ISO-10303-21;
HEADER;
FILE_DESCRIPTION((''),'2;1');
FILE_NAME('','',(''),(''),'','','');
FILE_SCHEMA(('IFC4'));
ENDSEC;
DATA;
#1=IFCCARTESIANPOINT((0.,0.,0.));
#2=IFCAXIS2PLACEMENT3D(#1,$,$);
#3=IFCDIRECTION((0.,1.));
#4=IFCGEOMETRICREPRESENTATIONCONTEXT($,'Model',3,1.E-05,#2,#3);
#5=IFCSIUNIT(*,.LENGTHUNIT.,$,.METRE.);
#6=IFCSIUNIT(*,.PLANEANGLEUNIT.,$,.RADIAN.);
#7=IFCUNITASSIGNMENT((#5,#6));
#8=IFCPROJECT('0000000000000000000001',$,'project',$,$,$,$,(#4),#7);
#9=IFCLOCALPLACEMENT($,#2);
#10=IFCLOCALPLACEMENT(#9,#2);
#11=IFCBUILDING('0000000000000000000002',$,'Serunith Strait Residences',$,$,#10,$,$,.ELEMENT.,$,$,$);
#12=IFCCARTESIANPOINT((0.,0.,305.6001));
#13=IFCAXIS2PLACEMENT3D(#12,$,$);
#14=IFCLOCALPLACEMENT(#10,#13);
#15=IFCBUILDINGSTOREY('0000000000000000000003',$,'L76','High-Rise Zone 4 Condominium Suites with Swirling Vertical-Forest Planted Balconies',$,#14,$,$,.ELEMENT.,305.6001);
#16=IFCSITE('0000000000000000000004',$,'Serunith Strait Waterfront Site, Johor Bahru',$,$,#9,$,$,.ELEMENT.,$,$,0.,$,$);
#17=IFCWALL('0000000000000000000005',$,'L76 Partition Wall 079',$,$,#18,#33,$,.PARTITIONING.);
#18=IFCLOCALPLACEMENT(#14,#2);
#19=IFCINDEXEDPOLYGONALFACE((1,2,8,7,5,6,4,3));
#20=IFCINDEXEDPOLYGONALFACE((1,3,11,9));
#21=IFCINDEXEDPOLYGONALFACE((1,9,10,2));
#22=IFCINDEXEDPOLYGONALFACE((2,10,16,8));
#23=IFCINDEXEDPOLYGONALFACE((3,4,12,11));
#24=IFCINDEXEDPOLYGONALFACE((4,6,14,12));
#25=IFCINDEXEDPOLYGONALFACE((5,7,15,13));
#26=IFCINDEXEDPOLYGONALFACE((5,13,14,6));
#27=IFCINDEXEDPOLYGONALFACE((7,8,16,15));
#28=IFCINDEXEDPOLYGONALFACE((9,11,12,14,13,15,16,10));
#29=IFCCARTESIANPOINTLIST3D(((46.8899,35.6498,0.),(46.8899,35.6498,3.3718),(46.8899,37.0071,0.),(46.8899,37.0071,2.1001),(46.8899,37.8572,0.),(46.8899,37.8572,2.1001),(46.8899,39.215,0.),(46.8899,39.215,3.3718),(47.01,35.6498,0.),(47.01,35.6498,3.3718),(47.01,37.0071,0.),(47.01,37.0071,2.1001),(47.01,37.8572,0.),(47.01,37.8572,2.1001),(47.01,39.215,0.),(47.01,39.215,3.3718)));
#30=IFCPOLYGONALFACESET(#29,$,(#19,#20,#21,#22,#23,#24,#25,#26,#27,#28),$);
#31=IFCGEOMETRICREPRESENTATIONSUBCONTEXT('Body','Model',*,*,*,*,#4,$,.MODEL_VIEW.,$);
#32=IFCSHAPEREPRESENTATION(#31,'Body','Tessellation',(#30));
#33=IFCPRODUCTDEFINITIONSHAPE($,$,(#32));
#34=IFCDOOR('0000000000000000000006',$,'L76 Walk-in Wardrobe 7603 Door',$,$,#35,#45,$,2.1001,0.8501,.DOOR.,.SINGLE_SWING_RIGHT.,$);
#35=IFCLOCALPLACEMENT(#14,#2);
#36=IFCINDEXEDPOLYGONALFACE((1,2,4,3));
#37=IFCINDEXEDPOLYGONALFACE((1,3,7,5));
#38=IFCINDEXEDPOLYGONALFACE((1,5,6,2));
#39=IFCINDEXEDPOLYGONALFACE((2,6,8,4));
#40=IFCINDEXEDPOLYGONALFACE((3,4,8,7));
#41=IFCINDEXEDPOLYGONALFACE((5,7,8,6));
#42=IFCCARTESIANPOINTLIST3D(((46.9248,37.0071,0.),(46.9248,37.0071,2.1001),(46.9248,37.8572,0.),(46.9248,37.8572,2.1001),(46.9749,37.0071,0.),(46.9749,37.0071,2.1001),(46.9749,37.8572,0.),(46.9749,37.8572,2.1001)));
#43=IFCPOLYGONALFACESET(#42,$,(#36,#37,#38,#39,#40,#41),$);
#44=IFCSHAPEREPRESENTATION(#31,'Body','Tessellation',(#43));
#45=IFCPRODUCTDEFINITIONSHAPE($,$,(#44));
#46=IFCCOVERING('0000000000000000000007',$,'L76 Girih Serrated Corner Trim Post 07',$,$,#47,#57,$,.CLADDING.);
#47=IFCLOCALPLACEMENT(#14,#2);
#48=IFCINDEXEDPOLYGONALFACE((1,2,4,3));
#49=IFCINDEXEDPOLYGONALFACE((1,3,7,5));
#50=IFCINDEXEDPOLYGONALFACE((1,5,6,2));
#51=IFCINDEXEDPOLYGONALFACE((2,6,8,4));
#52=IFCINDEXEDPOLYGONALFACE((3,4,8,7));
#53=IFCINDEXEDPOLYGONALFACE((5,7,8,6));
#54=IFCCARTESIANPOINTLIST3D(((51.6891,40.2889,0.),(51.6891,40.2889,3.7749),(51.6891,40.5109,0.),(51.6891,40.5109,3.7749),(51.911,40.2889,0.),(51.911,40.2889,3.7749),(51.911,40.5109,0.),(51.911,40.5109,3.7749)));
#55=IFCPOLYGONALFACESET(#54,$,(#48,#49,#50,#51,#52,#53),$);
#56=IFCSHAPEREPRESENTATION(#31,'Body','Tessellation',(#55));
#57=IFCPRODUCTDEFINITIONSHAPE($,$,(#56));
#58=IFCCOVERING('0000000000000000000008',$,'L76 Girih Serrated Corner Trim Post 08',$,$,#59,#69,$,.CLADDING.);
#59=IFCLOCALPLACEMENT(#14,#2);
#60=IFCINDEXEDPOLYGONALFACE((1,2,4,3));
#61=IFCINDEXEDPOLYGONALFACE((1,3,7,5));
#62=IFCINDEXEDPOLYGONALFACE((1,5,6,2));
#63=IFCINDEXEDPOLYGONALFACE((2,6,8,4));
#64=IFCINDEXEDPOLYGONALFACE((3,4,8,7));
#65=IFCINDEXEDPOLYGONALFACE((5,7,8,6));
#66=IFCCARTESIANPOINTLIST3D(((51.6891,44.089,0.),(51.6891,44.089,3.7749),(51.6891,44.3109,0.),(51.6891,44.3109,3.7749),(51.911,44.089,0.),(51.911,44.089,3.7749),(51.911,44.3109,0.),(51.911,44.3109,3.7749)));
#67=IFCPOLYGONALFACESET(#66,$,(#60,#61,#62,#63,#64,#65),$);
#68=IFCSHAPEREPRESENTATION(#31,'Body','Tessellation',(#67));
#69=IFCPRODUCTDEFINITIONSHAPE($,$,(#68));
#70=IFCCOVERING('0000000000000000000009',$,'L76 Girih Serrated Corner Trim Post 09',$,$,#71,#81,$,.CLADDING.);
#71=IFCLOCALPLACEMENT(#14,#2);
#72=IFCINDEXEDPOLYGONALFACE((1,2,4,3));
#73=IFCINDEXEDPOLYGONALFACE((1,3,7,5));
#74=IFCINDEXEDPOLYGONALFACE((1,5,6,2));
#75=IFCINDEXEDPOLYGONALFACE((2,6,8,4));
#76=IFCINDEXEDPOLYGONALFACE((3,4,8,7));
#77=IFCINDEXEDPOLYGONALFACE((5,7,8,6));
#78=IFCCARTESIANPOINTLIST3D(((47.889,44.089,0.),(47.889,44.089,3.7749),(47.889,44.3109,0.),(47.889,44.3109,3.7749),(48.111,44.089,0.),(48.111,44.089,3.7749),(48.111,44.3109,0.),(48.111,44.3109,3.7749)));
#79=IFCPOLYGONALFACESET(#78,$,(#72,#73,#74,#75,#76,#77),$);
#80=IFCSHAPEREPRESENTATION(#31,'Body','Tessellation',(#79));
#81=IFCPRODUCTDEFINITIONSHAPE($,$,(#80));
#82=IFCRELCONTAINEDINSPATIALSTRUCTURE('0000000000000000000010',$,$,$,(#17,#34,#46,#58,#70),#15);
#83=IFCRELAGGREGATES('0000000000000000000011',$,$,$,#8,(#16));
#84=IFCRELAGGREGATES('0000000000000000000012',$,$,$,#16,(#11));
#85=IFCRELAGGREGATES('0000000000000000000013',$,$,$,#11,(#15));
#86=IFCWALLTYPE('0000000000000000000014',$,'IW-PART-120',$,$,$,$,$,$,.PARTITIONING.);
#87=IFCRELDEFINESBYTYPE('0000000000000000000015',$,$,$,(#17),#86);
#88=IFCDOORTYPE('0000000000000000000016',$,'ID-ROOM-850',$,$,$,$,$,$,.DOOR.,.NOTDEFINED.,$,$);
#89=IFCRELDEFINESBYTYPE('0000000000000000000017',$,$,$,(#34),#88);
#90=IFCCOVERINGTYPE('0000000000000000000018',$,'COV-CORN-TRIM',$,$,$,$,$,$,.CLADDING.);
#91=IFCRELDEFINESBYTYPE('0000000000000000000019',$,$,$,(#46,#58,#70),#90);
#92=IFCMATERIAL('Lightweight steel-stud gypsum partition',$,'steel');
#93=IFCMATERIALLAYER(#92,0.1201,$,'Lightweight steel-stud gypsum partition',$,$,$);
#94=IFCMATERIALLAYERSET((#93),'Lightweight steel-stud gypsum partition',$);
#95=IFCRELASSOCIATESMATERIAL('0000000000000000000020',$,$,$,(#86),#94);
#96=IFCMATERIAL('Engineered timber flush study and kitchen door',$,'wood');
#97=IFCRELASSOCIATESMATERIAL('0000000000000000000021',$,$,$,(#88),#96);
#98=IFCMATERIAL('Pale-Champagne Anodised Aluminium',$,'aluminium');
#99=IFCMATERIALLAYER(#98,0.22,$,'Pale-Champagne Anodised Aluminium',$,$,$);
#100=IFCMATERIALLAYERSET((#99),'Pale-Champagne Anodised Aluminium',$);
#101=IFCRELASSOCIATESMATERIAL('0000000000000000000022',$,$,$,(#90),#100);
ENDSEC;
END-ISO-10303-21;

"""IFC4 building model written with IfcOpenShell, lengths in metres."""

from ifc_helpers import new_model, si_unit, direction, frame, frame_2d, origin, origin_2d, place, context, subcontext, project, spatial, rectangle, extrude, source, transform, mapped, material, layer, layer_set, type_object, element, fill, save


model = new_model("IFC4")

# Units and contexts
model_context = context("Model", 3, precision=1e-05, world=origin(), true_north=direction((0.0, 1.0)))
body_context = subcontext(model_context, "Body", "Model", "MODEL_VIEW")
ifc_project = project(units=[si_unit("LENGTHUNIT", "METRE"), si_unit("PLANEANGLEUNIT", "RADIAN")], contexts=[model_context])

# Site, building, storey
site_placement = place(None, origin())
site = spatial("IfcSite", under=ifc_project, at=site_placement, Name="Serunith Strait Waterfront Site, Johor Bahru", CompositionType="ELEMENT", RefElevation=0.0)
building_placement = place(site_placement, origin())
building = spatial("IfcBuilding", under=site, at=building_placement, Name="Serunith Strait Residences", CompositionType="ELEMENT")
storey_placement = place(building_placement, frame((0.0, 0.0, 305.6001)))
storey = spatial("IfcBuildingStorey", under=building, at=storey_placement, Name="L76", Description="High-Rise Zone 4 Condominium Suites with Swirling Vertical-Forest Planted Balconies", CompositionType="ELEMENT", Elevation=305.6001)

# Shared definitions
ifc_material_1 = material(Name="Lightweight steel-stud gypsum partition", Category="steel")
ifc_layer_1 = layer(ifc_material_1, 0.1201, Name="Lightweight steel-stud gypsum partition")
ifc_layer_set_1 = layer_set([ifc_layer_1], Name="Lightweight steel-stud gypsum partition")
wall_type_1 = type_object("IfcWallType", Name="IW-PART-120", PredefinedType="PARTITIONING", material=ifc_layer_set_1)

# Wall, opening, door
wall_1_placement = place(storey_placement, frame((46.95, 39.2151, 0.0), z_axis=(0.0, 0.0, 1.0), x_axis=(0.0, -1.0, 0.0)))
wall_1 = element("IfcWall", 1, at=wall_1_placement, inside=storey, type_object=wall_type_1, Name="L76 Partition Wall 079", PredefinedType="PARTITIONING", context=body_context, shape_type="SweptSolid", body=[
    extrude(rectangle(XDim=3.5652, YDim=0.1201, at=frame_2d((1.7827, 0.0))), origin(), (0.0, 0.0, 1.0), 3.3718),
])
opening_1_placement = place(wall_1_placement, frame((1.3579, 0.0, 0.0)))
opening_1 = element("IfcOpeningElement", 2, at=opening_1_placement, cuts=wall_1, PredefinedType="OPENING", context=body_context, shape_type="SweptSolid", body=[
    extrude(rectangle(XDim=0.8501, YDim=2.1001, at=frame_2d((0.425, 1.05))), frame((0.0, 0.0701, 0.0), z_axis=(0.0, -1.0, 0.0), x_axis=(1.0, 0.0, 0.0)), (0.0, 0.0, 1.0), 0.1401),
])
ifc_material_2 = material(Name="Engineered timber flush study and kitchen door", Category="wood")
door_type_1 = type_object("IfcDoorType", Name="ID-ROOM-850", OperationType="NOTDEFINED", PredefinedType="DOOR", material=ifc_material_2)
shared_shape_1 = source(origin(), body_context, "Body", "SweptSolid", [
    extrude(rectangle(XDim=0.8501, YDim=2.1001, at=frame_2d((0.425, 1.05))), frame((0.0, 0.0249, 0.0), z_axis=(0.0, -1.0, 0.0), x_axis=(1.0, 0.0, 0.0)), (0.0, 0.0, 1.0), 0.05),
])
door_1_placement = place(opening_1_placement, origin())
door_1 = element("IfcDoor", 3, at=door_1_placement, inside=storey, type_object=door_type_1, Name="L76 Walk-in Wardrobe 7603 Door", OperationType="SINGLE_SWING_RIGHT", OverallHeight=2.1001, OverallWidth=0.8501, PredefinedType="DOOR", context=body_context, shape_type="MappedRepresentation", body=[
    mapped(shared_shape_1, transform((0.0, 0.0, 0.0), scale=1.0)),
])
fill(opening_1, door_1)

# Coverings
ifc_material_3 = material(Name="Pale-Champagne Anodised Aluminium", Category="aluminium")
ifc_layer_2 = layer(ifc_material_3, 0.22, Name="Pale-Champagne Anodised Aluminium")
ifc_layer_set_2 = layer_set([ifc_layer_2], Name="Pale-Champagne Anodised Aluminium")
covering_type = type_object("IfcCoveringType", Name="COV-CORN-TRIM", PredefinedType="CLADDING", material=ifc_layer_set_2)
shared_shape_2 = source(origin(), body_context, "Body", "SweptSolid", [
    extrude(rectangle(XDim=0.2219, YDim=0.2219, at=origin_2d()), origin(), (0.0, 0.0, 1.0), 3.7749),
])
for number, where, z_axis, x_axis, name in (
    (4, (51.8, 40.3999, 0.0), (0.0, 0.0, 1.0), (1.0, 0.0, 0.0), "L76 Girih Serrated Corner Trim Post 07"),
    (5, (51.8, 44.2, 0.0), (0.0, 0.0, 1.0), (1.0, 0.0, 0.0), "L76 Girih Serrated Corner Trim Post 08"),
    (6, (48.0, 44.2, 0.0), (0.0, 0.0, 1.0), (1.0, 0.0, 0.0), "L76 Girih Serrated Corner Trim Post 09"),
):
    element("IfcCovering", number, at=place(storey_placement, frame(where, z_axis=z_axis, x_axis=x_axis)), inside=storey, type_object=covering_type, Name=name, PredefinedType="CLADDING", context=body_context, shape_type="MappedRepresentation", body=[
        mapped(shared_shape_2, transform((0.0, 0.0, 0.0), scale=1.0)),
    ])

save(model, "model.ifc")
